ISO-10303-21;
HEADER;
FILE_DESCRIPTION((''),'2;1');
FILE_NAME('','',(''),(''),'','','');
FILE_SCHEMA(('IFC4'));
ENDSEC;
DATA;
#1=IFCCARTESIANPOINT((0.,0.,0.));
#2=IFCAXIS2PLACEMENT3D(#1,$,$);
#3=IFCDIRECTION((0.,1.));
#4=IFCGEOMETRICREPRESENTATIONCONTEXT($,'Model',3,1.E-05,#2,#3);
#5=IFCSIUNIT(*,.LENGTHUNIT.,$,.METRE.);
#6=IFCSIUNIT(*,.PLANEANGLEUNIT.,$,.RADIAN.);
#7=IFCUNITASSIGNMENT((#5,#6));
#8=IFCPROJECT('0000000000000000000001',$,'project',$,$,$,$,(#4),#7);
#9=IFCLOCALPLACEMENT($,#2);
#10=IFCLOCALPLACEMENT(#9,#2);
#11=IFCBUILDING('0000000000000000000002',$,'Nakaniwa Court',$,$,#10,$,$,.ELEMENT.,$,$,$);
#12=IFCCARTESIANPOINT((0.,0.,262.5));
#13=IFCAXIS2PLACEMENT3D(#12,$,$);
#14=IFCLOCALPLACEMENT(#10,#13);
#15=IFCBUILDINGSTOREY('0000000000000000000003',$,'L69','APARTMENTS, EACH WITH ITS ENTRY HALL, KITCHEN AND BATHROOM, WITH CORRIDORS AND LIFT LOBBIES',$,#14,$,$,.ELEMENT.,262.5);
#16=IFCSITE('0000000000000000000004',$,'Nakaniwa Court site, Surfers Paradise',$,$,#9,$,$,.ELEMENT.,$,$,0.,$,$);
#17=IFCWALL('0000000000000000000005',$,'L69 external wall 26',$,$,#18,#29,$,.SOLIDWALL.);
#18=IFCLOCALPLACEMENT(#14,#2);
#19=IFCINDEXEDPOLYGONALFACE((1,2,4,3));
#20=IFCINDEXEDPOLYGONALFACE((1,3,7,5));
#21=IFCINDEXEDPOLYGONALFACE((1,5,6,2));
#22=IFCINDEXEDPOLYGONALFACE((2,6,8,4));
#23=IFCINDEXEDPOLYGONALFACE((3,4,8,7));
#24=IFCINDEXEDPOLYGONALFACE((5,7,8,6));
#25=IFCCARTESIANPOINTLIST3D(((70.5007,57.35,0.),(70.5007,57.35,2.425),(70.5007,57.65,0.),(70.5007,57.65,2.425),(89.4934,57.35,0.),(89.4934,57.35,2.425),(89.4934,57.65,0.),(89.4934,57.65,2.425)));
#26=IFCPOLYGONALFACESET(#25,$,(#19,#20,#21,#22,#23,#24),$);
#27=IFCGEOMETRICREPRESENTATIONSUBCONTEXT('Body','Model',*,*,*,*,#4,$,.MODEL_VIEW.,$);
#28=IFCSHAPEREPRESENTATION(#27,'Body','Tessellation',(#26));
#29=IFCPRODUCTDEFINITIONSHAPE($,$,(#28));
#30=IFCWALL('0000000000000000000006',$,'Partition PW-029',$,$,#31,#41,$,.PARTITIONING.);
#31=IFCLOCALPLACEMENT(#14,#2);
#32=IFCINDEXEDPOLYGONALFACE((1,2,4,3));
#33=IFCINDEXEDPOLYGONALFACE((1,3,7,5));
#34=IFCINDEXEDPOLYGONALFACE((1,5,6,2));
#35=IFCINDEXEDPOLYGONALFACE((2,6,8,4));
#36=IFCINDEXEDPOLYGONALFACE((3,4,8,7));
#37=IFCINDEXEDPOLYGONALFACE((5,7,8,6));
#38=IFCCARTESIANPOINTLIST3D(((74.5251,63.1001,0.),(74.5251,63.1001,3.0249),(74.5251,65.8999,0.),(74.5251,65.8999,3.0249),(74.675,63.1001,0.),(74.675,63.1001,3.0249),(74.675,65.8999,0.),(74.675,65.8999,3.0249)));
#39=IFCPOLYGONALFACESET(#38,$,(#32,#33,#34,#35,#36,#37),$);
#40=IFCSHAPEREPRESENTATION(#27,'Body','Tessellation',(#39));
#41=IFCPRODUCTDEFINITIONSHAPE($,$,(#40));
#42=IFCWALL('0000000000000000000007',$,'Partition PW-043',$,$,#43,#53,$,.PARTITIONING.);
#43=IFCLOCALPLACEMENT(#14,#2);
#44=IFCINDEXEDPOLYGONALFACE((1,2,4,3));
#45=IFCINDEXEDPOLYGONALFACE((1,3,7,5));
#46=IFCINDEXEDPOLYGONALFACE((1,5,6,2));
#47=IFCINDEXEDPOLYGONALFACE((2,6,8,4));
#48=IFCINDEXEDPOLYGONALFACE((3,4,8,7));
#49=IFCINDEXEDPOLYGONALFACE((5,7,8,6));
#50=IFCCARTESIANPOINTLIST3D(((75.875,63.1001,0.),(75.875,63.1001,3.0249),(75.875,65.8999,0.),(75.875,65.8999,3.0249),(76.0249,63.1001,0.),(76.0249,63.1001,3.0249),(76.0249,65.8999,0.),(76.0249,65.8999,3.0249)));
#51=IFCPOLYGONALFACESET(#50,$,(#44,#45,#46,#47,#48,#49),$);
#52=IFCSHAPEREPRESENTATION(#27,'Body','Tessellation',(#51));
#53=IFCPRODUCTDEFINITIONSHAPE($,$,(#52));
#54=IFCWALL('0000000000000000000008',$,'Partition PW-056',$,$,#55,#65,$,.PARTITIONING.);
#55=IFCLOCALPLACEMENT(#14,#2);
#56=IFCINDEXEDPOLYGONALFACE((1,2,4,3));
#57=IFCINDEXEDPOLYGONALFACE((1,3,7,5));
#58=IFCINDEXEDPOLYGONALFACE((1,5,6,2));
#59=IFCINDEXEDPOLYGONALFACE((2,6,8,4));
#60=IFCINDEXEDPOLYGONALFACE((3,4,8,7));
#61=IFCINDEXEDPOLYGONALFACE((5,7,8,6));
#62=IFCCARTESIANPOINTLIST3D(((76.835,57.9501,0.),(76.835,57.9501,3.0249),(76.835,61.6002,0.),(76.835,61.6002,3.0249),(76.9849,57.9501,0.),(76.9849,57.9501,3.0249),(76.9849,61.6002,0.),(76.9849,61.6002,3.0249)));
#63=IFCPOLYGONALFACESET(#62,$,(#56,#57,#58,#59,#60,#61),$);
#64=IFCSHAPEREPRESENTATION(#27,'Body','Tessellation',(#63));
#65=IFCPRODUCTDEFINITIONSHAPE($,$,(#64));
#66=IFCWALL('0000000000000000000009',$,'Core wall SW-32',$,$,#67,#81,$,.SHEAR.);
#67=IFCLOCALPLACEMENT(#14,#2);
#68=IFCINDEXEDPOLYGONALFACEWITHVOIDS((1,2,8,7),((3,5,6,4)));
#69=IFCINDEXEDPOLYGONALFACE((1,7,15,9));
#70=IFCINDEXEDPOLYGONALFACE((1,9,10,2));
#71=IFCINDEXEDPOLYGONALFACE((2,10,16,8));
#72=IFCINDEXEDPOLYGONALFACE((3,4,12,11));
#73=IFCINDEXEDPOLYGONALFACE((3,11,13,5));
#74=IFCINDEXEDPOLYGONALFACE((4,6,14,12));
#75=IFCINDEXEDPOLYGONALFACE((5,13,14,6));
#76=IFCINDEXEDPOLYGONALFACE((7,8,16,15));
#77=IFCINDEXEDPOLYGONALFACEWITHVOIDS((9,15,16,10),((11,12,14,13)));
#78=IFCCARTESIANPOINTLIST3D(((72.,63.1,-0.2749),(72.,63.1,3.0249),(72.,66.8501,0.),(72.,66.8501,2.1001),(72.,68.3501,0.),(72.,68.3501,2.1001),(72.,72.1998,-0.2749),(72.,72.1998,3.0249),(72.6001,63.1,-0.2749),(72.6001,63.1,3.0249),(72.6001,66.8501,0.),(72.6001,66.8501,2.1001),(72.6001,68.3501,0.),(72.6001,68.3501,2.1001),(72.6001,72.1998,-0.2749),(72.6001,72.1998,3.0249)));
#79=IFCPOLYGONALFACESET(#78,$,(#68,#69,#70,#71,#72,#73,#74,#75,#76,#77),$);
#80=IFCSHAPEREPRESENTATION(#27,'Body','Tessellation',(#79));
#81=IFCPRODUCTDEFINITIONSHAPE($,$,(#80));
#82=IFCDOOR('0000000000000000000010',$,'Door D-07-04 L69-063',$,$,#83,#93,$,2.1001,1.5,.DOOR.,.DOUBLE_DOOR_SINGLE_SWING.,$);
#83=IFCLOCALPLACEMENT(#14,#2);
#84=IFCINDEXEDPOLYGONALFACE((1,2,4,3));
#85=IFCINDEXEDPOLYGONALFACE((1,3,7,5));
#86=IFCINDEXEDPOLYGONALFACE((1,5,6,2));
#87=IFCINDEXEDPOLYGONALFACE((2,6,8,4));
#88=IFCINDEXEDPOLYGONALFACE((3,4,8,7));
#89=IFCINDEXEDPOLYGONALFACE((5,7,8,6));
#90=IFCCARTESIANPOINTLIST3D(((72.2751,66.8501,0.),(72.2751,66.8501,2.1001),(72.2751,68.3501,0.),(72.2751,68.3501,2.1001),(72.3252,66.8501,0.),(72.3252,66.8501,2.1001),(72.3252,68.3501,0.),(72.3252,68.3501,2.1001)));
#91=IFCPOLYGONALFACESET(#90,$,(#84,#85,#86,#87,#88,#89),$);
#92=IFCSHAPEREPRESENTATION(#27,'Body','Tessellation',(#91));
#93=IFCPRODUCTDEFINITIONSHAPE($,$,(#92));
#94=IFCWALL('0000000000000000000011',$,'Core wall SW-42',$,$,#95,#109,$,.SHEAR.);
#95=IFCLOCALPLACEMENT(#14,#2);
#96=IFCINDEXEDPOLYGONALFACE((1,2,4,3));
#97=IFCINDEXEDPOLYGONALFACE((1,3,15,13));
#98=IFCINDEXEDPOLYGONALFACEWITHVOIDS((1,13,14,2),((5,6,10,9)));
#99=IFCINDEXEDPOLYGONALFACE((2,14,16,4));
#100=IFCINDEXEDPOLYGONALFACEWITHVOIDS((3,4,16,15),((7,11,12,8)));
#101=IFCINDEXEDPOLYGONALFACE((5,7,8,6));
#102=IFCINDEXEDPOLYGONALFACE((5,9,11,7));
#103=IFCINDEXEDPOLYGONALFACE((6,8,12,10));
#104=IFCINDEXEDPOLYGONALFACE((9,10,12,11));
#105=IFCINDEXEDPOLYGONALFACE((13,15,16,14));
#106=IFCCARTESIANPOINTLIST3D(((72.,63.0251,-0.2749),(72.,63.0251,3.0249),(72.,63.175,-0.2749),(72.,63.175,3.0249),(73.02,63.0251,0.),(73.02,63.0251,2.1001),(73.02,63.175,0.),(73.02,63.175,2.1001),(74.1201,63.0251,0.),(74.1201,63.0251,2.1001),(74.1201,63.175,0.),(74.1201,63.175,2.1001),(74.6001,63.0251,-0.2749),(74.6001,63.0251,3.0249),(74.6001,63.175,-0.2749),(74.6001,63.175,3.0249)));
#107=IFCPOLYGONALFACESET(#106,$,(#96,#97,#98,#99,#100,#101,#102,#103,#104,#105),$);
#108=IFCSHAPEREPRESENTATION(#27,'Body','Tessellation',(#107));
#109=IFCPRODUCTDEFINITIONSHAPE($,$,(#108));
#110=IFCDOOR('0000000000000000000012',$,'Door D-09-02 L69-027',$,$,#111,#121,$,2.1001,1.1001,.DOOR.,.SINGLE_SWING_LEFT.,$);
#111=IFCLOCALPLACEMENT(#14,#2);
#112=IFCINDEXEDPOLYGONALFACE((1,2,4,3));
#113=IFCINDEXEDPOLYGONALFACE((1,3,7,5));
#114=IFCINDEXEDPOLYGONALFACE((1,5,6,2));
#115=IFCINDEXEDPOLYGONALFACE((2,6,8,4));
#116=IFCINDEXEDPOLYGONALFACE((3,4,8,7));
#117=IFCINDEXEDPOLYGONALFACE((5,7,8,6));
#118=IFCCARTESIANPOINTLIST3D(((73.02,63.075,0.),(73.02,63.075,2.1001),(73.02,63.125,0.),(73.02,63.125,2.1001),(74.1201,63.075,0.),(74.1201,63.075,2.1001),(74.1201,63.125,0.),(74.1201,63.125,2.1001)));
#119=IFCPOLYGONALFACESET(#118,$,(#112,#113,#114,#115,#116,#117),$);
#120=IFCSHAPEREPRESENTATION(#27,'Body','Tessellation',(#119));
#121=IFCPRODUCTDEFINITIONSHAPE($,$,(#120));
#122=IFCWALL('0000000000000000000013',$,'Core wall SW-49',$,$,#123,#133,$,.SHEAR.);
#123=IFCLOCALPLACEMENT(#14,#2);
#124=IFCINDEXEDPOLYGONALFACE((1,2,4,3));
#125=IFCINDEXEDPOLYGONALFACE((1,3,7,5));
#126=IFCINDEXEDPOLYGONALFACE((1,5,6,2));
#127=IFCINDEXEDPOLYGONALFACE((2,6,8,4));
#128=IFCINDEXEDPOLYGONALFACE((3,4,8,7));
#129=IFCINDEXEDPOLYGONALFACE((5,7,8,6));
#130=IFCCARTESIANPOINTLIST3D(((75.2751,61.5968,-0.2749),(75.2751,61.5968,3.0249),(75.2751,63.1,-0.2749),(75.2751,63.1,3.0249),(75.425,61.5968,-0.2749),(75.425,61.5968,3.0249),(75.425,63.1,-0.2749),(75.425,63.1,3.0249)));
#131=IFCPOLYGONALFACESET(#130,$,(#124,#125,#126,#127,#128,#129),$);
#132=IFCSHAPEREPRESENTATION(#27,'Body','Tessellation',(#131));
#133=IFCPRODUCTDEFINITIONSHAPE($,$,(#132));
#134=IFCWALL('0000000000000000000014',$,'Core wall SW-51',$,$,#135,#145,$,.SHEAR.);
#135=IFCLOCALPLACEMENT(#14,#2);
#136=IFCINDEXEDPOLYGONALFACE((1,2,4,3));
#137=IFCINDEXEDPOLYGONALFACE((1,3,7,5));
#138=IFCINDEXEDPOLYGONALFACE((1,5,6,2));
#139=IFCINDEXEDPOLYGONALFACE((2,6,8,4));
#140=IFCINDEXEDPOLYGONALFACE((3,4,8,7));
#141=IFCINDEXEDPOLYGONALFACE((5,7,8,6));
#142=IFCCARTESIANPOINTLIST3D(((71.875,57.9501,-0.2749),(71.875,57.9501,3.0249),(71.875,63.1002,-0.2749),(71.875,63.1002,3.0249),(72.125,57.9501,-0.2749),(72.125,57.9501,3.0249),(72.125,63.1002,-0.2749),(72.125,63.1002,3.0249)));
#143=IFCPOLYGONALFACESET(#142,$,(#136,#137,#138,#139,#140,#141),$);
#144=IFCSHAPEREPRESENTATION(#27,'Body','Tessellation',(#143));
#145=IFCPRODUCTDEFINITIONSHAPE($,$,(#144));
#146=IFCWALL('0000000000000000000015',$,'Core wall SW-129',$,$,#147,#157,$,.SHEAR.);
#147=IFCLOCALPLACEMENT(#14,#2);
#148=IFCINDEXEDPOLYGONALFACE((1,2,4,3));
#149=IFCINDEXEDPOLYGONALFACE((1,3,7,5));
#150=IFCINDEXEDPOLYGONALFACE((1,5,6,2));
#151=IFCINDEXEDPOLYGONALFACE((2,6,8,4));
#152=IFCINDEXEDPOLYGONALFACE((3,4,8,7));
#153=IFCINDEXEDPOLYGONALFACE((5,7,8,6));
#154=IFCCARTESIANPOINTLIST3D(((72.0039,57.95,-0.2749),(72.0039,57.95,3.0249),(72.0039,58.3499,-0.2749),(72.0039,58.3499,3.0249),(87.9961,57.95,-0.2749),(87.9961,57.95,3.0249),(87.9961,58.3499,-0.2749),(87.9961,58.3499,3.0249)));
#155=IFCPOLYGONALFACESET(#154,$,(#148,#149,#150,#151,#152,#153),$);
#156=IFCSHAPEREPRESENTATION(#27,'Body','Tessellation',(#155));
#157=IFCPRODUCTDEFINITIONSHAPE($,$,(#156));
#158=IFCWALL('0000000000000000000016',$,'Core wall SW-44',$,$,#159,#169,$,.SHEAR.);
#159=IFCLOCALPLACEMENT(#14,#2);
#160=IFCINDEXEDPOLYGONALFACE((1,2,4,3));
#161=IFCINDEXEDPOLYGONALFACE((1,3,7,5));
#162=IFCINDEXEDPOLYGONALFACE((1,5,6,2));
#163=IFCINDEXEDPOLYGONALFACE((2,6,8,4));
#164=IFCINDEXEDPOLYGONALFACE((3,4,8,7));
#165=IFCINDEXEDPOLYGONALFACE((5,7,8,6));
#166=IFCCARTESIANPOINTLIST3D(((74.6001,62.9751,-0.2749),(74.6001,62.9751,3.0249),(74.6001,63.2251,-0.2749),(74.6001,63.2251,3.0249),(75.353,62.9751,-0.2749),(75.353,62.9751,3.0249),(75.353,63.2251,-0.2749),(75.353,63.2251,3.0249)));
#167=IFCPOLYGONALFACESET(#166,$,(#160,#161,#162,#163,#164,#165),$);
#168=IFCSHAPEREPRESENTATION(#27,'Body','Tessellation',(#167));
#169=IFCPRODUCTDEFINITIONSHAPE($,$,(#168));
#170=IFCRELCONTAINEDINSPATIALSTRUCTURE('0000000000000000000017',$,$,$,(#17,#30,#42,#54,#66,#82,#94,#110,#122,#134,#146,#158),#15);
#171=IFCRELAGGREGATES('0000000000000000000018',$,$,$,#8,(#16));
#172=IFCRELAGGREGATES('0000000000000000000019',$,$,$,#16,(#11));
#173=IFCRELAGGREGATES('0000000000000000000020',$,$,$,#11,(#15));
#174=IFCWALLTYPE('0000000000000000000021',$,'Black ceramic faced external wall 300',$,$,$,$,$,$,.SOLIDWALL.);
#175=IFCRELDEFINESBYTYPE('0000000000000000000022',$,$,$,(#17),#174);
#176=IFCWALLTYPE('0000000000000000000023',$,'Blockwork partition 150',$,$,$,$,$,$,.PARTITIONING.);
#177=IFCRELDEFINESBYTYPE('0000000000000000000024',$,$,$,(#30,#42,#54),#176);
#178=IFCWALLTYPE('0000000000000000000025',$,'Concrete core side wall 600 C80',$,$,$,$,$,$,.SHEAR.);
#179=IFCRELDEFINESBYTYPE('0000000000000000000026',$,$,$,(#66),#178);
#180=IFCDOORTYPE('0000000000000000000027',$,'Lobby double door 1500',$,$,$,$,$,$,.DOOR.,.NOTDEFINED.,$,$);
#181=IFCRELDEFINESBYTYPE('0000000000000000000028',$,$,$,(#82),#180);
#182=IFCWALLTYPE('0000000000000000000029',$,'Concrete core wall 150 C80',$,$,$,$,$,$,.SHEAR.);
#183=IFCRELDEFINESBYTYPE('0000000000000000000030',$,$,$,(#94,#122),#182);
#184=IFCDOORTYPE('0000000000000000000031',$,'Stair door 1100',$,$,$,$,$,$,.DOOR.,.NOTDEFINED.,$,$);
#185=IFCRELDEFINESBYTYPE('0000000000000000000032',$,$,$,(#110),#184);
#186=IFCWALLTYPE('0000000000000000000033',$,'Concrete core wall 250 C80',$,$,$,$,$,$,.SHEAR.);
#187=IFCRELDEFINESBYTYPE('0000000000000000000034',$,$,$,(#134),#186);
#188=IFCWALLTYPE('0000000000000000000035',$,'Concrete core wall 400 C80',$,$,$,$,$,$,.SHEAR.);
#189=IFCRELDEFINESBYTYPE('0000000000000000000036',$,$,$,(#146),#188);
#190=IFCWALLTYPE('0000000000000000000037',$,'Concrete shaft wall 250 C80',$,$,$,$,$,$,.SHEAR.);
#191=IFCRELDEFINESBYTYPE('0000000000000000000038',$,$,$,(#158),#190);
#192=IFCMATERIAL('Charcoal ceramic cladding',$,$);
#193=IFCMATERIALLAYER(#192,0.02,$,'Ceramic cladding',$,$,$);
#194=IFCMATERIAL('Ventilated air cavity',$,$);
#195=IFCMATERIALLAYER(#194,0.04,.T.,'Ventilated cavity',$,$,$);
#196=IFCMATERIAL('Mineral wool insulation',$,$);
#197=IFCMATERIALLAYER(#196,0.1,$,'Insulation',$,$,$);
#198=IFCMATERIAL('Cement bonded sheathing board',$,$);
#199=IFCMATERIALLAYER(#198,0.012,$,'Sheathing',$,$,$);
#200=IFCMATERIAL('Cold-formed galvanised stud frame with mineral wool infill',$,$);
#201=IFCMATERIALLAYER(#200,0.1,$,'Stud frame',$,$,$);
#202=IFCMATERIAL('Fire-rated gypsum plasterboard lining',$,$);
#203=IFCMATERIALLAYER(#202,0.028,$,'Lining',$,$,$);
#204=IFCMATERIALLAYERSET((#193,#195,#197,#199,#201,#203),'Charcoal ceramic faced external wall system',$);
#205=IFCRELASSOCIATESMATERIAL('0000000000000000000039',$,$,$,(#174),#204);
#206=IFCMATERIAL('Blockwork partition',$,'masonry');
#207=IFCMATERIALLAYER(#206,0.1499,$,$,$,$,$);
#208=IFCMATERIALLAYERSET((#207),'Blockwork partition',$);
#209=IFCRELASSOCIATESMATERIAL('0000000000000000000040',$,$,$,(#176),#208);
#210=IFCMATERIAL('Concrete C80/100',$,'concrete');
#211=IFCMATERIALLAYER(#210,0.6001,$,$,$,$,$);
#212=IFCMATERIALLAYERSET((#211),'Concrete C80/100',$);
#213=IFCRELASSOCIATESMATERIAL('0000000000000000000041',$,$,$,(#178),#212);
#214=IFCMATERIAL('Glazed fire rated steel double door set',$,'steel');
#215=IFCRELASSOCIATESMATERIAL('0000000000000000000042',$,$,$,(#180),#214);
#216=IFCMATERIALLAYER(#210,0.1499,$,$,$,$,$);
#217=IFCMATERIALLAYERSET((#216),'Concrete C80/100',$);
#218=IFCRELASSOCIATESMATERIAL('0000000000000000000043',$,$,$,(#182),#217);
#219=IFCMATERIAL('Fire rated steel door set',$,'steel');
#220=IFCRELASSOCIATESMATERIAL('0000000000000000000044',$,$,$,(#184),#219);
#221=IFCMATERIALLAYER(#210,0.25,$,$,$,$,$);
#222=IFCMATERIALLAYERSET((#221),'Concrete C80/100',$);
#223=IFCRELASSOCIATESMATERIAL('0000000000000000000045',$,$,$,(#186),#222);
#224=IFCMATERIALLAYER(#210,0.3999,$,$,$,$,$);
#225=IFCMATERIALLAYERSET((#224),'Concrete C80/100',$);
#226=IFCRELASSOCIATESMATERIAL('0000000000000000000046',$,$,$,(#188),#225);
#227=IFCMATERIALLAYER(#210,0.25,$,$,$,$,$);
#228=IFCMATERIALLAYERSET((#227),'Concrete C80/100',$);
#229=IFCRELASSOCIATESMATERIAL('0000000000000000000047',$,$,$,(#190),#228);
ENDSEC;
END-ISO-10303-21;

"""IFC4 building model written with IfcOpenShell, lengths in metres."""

from ifc_helpers import new_model, si_unit, direction, frame, frame_2d, origin, place, context, subcontext, project, spatial, rectangle, extrude, material, layer, layer_set, type_object, element, fill, save


model = new_model("IFC4")

# Units and contexts
model_context = context("Model", 3, precision=1e-05, world=origin(), true_north=direction((0.0, 1.0)))
body_context = subcontext(model_context, "Body", "Model", "MODEL_VIEW")
ifc_project = project(units=[si_unit("LENGTHUNIT", "METRE"), si_unit("PLANEANGLEUNIT", "RADIAN")], contexts=[model_context])

# Site, building, storey
site_placement = place(None, origin())
site = spatial("IfcSite", under=ifc_project, at=site_placement, Name="Nakaniwa Court site, Surfers Paradise", CompositionType="ELEMENT", RefElevation=0.0)
building_placement = place(site_placement, origin())
building = spatial("IfcBuilding", under=site, at=building_placement, Name="Nakaniwa Court", CompositionType="ELEMENT")
storey_placement = place(building_placement, frame((0.0, 0.0, 262.5)))
storey = spatial("IfcBuildingStorey", under=building, at=storey_placement, Name="L69", Description="APARTMENTS, EACH WITH ITS ENTRY HALL, KITCHEN AND BATHROOM, WITH CORRIDORS AND LIFT LOBBIES", CompositionType="ELEMENT", Elevation=262.5)

# Walls
ifc_material_1 = material(Name="Charcoal ceramic cladding")
ifc_layer_1 = layer(ifc_material_1, 0.02, Name="Ceramic cladding")
ifc_material_2 = material(Name="Ventilated air cavity")
ifc_layer_2 = layer(ifc_material_2, 0.04, ventilated=True, Name="Ventilated cavity")
ifc_material_3 = material(Name="Mineral wool insulation")
ifc_layer_3 = layer(ifc_material_3, 0.1, Name="Insulation")
ifc_material_4 = material(Name="Cement bonded sheathing board")
ifc_layer_4 = layer(ifc_material_4, 0.012, Name="Sheathing")
ifc_material_5 = material(Name="Cold-formed galvanised stud frame with mineral wool infill")
ifc_layer_5 = layer(ifc_material_5, 0.1, Name="Stud frame")
ifc_material_6 = material(Name="Fire-rated gypsum plasterboard lining")
ifc_layer_6 = layer(ifc_material_6, 0.028, Name="Lining")
ifc_layer_set_1 = layer_set([ifc_layer_1, ifc_layer_2, ifc_layer_3, ifc_layer_4, ifc_layer_5, ifc_layer_6], Name="Charcoal ceramic faced external wall system")
wall_type_1 = type_object("IfcWallType", Name="Black ceramic faced external wall 300", PredefinedType="SOLIDWALL", material=ifc_layer_set_1)
wall_1_placement = place(storey_placement, frame((70.5007, 57.5, 0.0), z_axis=(0.0, 0.0, 1.0), x_axis=(1.0, 0.0, 0.0)))
element("IfcWall", 1, at=wall_1_placement, inside=storey, type_object=wall_type_1, Name="L69 external wall 26", PredefinedType="SOLIDWALL", context=body_context, shape_type="SweptSolid", body=[
    extrude(rectangle(XDim=18.9927, YDim=0.3, at=frame_2d((9.4963, 0.0))), origin(), (0.0, 0.0, 1.0), 2.425),
])
ifc_material_7 = material(Name="Blockwork partition", Category="masonry")
ifc_layer_7 = layer(ifc_material_7, 0.1499)
ifc_layer_set_2 = layer_set([ifc_layer_7], Name="Blockwork partition")
wall_type_2 = type_object("IfcWallType", Name="Blockwork partition 150", PredefinedType="PARTITIONING", material=ifc_layer_set_2)
for number, where, z_axis, x_axis, name in (
    (2, (74.6001, 63.1001, 0.0), (0.0, 0.0, 1.0), (0.0, 1.0, 0.0), "Partition PW-029"),
    (3, (75.95, 63.1001, 0.0), (0.0, 0.0, 1.0), (0.0, 1.0, 0.0), "Partition PW-043"),
):
    element("IfcWall", number, at=place(storey_placement, frame(where, z_axis=z_axis, x_axis=x_axis)), inside=storey, type_object=wall_type_2, Name=name, PredefinedType="PARTITIONING", context=body_context, shape_type="SweptSolid", body=[
        extrude(rectangle(XDim=2.7998, YDim=0.1499, at=frame_2d((1.3999, 0.0))), origin(), (0.0, 0.0, 1.0), 3.0249),
    ])
wall_2_placement = place(storey_placement, frame((76.9099, 57.95, 0.0), z_axis=(0.0, 0.0, 1.0), x_axis=(0.0, 1.0, 0.0)))
element("IfcWall", 4, at=wall_2_placement, inside=storey, type_object=wall_type_2, Name="Partition PW-056", PredefinedType="PARTITIONING", context=body_context, shape_type="SweptSolid", body=[
    extrude(rectangle(XDim=3.6501, YDim=0.1499, at=frame_2d((1.8252, 0.0))), origin(), (0.0, 0.0, 1.0), 3.0249),
])

# Walls, openings, doors
ifc_material_8 = material(Name="Concrete C80/100", Category="concrete")
ifc_layer_8 = layer(ifc_material_8, 0.6001)
ifc_layer_set_3 = layer_set([ifc_layer_8], Name="Concrete C80/100")
wall_type_3 = type_object("IfcWallType", Name="Concrete core side wall 600 C80", PredefinedType="SHEAR", material=ifc_layer_set_3)
wall_3_placement = place(storey_placement, frame((72.3, 63.1001, -0.2749), z_axis=(0.0, 0.0, 1.0), x_axis=(0.0, 1.0, 0.0)))
wall_3 = element("IfcWall", 5, at=wall_3_placement, inside=storey, type_object=wall_type_3, Name="Core wall SW-32", PredefinedType="SHEAR", context=body_context, shape_type="SweptSolid", body=[
    extrude(rectangle(XDim=9.0999, YDim=0.6001, at=frame_2d((4.5498, 0.0))), origin(), (0.0, 0.0, 1.0), 3.2998),
])
opening_1_placement = place(wall_3_placement, frame((3.75, 0.0, 0.2749)))
opening_1 = element("IfcOpeningElement", 6, at=opening_1_placement, cuts=wall_3, PredefinedType="OPENING", context=body_context, shape_type="SweptSolid", body=[
    extrude(rectangle(XDim=1.5, YDim=2.1001, at=frame_2d((0.75, 1.05))), frame((0.0, 0.3101, 0.0), z_axis=(0.0, -1.0, 0.0), x_axis=(1.0, 0.0, 0.0)), (0.0, 0.0, 1.0), 0.6201),
])
ifc_material_9 = material(Name="Glazed fire rated steel double door set", Category="steel")
door_type_1 = type_object("IfcDoorType", Name="Lobby double door 1500", OperationType="NOTDEFINED", PredefinedType="DOOR", material=ifc_material_9)
door_1_placement = place(opening_1_placement, origin())
door_1 = element("IfcDoor", 7, at=door_1_placement, inside=storey, type_object=door_type_1, Name="Door D-07-04 L69-063", OperationType="DOUBLE_DOOR_SINGLE_SWING", OverallHeight=2.1001, OverallWidth=1.5, PredefinedType="DOOR", context=body_context, shape_type="SweptSolid", body=[
    extrude(rectangle(XDim=1.5, YDim=2.1001, at=frame_2d((0.75, 1.05))), frame((0.0, 0.0249, 0.0), z_axis=(0.0, -1.0, 0.0), x_axis=(1.0, 0.0, 0.0)), (0.0, 0.0, 1.0), 0.05),
])
fill(opening_1, door_1)
ifc_layer_9 = layer(ifc_material_8, 0.1499)
ifc_layer_set_4 = layer_set([ifc_layer_9], Name="Concrete C80/100")
wall_type_4 = type_object("IfcWallType", Name="Concrete core wall 150 C80", PredefinedType="SHEAR", material=ifc_layer_set_4)
wall_4_placement = place(storey_placement, frame((72.0, 63.1001, -0.2749), z_axis=(0.0, 0.0, 1.0), x_axis=(1.0, 0.0, 0.0)))
wall_4 = element("IfcWall", 8, at=wall_4_placement, inside=storey, type_object=wall_type_4, Name="Core wall SW-42", PredefinedType="SHEAR", context=body_context, shape_type="SweptSolid", body=[
    extrude(rectangle(XDim=2.6001, YDim=0.1499, at=frame_2d((1.3, 0.0))), origin(), (0.0, 0.0, 1.0), 3.2998),
])
opening_2_placement = place(wall_4_placement, frame((1.02, 0.0, 0.2749)))
opening_2 = element("IfcOpeningElement", 9, at=opening_2_placement, cuts=wall_4, PredefinedType="OPENING", context=body_context, shape_type="SweptSolid", body=[
    extrude(rectangle(XDim=1.1001, YDim=2.1001, at=frame_2d((0.55, 1.05))), frame((0.0, 0.085, 0.0), z_axis=(0.0, -1.0, 0.0), x_axis=(1.0, 0.0, 0.0)), (0.0, 0.0, 1.0), 0.1699),
])
ifc_material_10 = material(Name="Fire rated steel door set", Category="steel")
door_type_2 = type_object("IfcDoorType", Name="Stair door 1100", OperationType="NOTDEFINED", PredefinedType="DOOR", material=ifc_material_10)
door_2_placement = place(opening_2_placement, origin())
door_2 = element("IfcDoor", 10, at=door_2_placement, inside=storey, type_object=door_type_2, Name="Door D-09-02 L69-027", OperationType="SINGLE_SWING_LEFT", OverallHeight=2.1001, OverallWidth=1.1001, PredefinedType="DOOR", context=body_context, shape_type="SweptSolid", body=[
    extrude(rectangle(XDim=1.1001, YDim=2.1001, at=frame_2d((0.55, 1.05))), frame((0.0, 0.0249, 0.0), z_axis=(0.0, -1.0, 0.0), x_axis=(1.0, 0.0, 0.0)), (0.0, 0.0, 1.0), 0.05),
])
fill(opening_2, door_2)

# Walls
wall_5_placement = place(storey_placement, frame((75.3501, 61.5969, -0.2749), z_axis=(0.0, 0.0, 1.0), x_axis=(0.0, 1.0, 0.0)))
element("IfcWall", 11, at=wall_5_placement, inside=storey, type_object=wall_type_4, Name="Core wall SW-49", PredefinedType="SHEAR", context=body_context, shape_type="SweptSolid", body=[
    extrude(rectangle(XDim=1.5032, YDim=0.1499, at=frame_2d((0.7515, 0.0))), origin(), (0.0, 0.0, 1.0), 3.2998),
])
ifc_layer_10 = layer(ifc_material_8, 0.25)
ifc_layer_set_5 = layer_set([ifc_layer_10], Name="Concrete C80/100")
wall_type_5 = type_object("IfcWallType", Name="Concrete core wall 250 C80", PredefinedType="SHEAR", material=ifc_layer_set_5)
wall_6_placement = place(storey_placement, frame((72.0, 57.95, -0.2749), z_axis=(0.0, 0.0, 1.0), x_axis=(0.0, 1.0, 0.0)))
element("IfcWall", 12, at=wall_6_placement, inside=storey, type_object=wall_type_5, Name="Core wall SW-51", PredefinedType="SHEAR", context=body_context, shape_type="SweptSolid", body=[
    extrude(rectangle(XDim=5.1501, YDim=0.25, at=frame_2d((2.5752, 0.0))), origin(), (0.0, 0.0, 1.0), 3.2998),
])
ifc_layer_11 = layer(ifc_material_8, 0.3999)
ifc_layer_set_6 = layer_set([ifc_layer_11], Name="Concrete C80/100")
wall_type_6 = type_object("IfcWallType", Name="Concrete core wall 400 C80", PredefinedType="SHEAR", material=ifc_layer_set_6)
wall_7_placement = place(storey_placement, frame((72.0039, 58.1499, -0.2749), z_axis=(0.0, 0.0, 1.0), x_axis=(1.0, 0.0, 0.0)))
element("IfcWall", 13, at=wall_7_placement, inside=storey, type_object=wall_type_6, Name="Core wall SW-129", PredefinedType="SHEAR", context=body_context, shape_type="SweptSolid", body=[
    extrude(rectangle(XDim=15.9922, YDim=0.3999, at=frame_2d((7.9961, 0.0))), origin(), (0.0, 0.0, 1.0), 3.2998),
])
ifc_layer_12 = layer(ifc_material_8, 0.25)
ifc_layer_set_7 = layer_set([ifc_layer_12], Name="Concrete C80/100")
wall_type_7 = type_object("IfcWallType", Name="Concrete shaft wall 250 C80", PredefinedType="SHEAR", material=ifc_layer_set_7)
wall_8_placement = place(storey_placement, frame((74.6001, 63.1001, -0.2749), z_axis=(0.0, 0.0, 1.0), x_axis=(1.0, 0.0, 0.0)))
element("IfcWall", 14, at=wall_8_placement, inside=storey, type_object=wall_type_7, Name="Core wall SW-44", PredefinedType="SHEAR", context=body_context, shape_type="SweptSolid", body=[
    extrude(rectangle(XDim=0.7529, YDim=0.25, at=frame_2d((0.3765, 0.0))), origin(), (0.0, 0.0, 1.0), 3.2998),
])

save(model, "model.ifc")
